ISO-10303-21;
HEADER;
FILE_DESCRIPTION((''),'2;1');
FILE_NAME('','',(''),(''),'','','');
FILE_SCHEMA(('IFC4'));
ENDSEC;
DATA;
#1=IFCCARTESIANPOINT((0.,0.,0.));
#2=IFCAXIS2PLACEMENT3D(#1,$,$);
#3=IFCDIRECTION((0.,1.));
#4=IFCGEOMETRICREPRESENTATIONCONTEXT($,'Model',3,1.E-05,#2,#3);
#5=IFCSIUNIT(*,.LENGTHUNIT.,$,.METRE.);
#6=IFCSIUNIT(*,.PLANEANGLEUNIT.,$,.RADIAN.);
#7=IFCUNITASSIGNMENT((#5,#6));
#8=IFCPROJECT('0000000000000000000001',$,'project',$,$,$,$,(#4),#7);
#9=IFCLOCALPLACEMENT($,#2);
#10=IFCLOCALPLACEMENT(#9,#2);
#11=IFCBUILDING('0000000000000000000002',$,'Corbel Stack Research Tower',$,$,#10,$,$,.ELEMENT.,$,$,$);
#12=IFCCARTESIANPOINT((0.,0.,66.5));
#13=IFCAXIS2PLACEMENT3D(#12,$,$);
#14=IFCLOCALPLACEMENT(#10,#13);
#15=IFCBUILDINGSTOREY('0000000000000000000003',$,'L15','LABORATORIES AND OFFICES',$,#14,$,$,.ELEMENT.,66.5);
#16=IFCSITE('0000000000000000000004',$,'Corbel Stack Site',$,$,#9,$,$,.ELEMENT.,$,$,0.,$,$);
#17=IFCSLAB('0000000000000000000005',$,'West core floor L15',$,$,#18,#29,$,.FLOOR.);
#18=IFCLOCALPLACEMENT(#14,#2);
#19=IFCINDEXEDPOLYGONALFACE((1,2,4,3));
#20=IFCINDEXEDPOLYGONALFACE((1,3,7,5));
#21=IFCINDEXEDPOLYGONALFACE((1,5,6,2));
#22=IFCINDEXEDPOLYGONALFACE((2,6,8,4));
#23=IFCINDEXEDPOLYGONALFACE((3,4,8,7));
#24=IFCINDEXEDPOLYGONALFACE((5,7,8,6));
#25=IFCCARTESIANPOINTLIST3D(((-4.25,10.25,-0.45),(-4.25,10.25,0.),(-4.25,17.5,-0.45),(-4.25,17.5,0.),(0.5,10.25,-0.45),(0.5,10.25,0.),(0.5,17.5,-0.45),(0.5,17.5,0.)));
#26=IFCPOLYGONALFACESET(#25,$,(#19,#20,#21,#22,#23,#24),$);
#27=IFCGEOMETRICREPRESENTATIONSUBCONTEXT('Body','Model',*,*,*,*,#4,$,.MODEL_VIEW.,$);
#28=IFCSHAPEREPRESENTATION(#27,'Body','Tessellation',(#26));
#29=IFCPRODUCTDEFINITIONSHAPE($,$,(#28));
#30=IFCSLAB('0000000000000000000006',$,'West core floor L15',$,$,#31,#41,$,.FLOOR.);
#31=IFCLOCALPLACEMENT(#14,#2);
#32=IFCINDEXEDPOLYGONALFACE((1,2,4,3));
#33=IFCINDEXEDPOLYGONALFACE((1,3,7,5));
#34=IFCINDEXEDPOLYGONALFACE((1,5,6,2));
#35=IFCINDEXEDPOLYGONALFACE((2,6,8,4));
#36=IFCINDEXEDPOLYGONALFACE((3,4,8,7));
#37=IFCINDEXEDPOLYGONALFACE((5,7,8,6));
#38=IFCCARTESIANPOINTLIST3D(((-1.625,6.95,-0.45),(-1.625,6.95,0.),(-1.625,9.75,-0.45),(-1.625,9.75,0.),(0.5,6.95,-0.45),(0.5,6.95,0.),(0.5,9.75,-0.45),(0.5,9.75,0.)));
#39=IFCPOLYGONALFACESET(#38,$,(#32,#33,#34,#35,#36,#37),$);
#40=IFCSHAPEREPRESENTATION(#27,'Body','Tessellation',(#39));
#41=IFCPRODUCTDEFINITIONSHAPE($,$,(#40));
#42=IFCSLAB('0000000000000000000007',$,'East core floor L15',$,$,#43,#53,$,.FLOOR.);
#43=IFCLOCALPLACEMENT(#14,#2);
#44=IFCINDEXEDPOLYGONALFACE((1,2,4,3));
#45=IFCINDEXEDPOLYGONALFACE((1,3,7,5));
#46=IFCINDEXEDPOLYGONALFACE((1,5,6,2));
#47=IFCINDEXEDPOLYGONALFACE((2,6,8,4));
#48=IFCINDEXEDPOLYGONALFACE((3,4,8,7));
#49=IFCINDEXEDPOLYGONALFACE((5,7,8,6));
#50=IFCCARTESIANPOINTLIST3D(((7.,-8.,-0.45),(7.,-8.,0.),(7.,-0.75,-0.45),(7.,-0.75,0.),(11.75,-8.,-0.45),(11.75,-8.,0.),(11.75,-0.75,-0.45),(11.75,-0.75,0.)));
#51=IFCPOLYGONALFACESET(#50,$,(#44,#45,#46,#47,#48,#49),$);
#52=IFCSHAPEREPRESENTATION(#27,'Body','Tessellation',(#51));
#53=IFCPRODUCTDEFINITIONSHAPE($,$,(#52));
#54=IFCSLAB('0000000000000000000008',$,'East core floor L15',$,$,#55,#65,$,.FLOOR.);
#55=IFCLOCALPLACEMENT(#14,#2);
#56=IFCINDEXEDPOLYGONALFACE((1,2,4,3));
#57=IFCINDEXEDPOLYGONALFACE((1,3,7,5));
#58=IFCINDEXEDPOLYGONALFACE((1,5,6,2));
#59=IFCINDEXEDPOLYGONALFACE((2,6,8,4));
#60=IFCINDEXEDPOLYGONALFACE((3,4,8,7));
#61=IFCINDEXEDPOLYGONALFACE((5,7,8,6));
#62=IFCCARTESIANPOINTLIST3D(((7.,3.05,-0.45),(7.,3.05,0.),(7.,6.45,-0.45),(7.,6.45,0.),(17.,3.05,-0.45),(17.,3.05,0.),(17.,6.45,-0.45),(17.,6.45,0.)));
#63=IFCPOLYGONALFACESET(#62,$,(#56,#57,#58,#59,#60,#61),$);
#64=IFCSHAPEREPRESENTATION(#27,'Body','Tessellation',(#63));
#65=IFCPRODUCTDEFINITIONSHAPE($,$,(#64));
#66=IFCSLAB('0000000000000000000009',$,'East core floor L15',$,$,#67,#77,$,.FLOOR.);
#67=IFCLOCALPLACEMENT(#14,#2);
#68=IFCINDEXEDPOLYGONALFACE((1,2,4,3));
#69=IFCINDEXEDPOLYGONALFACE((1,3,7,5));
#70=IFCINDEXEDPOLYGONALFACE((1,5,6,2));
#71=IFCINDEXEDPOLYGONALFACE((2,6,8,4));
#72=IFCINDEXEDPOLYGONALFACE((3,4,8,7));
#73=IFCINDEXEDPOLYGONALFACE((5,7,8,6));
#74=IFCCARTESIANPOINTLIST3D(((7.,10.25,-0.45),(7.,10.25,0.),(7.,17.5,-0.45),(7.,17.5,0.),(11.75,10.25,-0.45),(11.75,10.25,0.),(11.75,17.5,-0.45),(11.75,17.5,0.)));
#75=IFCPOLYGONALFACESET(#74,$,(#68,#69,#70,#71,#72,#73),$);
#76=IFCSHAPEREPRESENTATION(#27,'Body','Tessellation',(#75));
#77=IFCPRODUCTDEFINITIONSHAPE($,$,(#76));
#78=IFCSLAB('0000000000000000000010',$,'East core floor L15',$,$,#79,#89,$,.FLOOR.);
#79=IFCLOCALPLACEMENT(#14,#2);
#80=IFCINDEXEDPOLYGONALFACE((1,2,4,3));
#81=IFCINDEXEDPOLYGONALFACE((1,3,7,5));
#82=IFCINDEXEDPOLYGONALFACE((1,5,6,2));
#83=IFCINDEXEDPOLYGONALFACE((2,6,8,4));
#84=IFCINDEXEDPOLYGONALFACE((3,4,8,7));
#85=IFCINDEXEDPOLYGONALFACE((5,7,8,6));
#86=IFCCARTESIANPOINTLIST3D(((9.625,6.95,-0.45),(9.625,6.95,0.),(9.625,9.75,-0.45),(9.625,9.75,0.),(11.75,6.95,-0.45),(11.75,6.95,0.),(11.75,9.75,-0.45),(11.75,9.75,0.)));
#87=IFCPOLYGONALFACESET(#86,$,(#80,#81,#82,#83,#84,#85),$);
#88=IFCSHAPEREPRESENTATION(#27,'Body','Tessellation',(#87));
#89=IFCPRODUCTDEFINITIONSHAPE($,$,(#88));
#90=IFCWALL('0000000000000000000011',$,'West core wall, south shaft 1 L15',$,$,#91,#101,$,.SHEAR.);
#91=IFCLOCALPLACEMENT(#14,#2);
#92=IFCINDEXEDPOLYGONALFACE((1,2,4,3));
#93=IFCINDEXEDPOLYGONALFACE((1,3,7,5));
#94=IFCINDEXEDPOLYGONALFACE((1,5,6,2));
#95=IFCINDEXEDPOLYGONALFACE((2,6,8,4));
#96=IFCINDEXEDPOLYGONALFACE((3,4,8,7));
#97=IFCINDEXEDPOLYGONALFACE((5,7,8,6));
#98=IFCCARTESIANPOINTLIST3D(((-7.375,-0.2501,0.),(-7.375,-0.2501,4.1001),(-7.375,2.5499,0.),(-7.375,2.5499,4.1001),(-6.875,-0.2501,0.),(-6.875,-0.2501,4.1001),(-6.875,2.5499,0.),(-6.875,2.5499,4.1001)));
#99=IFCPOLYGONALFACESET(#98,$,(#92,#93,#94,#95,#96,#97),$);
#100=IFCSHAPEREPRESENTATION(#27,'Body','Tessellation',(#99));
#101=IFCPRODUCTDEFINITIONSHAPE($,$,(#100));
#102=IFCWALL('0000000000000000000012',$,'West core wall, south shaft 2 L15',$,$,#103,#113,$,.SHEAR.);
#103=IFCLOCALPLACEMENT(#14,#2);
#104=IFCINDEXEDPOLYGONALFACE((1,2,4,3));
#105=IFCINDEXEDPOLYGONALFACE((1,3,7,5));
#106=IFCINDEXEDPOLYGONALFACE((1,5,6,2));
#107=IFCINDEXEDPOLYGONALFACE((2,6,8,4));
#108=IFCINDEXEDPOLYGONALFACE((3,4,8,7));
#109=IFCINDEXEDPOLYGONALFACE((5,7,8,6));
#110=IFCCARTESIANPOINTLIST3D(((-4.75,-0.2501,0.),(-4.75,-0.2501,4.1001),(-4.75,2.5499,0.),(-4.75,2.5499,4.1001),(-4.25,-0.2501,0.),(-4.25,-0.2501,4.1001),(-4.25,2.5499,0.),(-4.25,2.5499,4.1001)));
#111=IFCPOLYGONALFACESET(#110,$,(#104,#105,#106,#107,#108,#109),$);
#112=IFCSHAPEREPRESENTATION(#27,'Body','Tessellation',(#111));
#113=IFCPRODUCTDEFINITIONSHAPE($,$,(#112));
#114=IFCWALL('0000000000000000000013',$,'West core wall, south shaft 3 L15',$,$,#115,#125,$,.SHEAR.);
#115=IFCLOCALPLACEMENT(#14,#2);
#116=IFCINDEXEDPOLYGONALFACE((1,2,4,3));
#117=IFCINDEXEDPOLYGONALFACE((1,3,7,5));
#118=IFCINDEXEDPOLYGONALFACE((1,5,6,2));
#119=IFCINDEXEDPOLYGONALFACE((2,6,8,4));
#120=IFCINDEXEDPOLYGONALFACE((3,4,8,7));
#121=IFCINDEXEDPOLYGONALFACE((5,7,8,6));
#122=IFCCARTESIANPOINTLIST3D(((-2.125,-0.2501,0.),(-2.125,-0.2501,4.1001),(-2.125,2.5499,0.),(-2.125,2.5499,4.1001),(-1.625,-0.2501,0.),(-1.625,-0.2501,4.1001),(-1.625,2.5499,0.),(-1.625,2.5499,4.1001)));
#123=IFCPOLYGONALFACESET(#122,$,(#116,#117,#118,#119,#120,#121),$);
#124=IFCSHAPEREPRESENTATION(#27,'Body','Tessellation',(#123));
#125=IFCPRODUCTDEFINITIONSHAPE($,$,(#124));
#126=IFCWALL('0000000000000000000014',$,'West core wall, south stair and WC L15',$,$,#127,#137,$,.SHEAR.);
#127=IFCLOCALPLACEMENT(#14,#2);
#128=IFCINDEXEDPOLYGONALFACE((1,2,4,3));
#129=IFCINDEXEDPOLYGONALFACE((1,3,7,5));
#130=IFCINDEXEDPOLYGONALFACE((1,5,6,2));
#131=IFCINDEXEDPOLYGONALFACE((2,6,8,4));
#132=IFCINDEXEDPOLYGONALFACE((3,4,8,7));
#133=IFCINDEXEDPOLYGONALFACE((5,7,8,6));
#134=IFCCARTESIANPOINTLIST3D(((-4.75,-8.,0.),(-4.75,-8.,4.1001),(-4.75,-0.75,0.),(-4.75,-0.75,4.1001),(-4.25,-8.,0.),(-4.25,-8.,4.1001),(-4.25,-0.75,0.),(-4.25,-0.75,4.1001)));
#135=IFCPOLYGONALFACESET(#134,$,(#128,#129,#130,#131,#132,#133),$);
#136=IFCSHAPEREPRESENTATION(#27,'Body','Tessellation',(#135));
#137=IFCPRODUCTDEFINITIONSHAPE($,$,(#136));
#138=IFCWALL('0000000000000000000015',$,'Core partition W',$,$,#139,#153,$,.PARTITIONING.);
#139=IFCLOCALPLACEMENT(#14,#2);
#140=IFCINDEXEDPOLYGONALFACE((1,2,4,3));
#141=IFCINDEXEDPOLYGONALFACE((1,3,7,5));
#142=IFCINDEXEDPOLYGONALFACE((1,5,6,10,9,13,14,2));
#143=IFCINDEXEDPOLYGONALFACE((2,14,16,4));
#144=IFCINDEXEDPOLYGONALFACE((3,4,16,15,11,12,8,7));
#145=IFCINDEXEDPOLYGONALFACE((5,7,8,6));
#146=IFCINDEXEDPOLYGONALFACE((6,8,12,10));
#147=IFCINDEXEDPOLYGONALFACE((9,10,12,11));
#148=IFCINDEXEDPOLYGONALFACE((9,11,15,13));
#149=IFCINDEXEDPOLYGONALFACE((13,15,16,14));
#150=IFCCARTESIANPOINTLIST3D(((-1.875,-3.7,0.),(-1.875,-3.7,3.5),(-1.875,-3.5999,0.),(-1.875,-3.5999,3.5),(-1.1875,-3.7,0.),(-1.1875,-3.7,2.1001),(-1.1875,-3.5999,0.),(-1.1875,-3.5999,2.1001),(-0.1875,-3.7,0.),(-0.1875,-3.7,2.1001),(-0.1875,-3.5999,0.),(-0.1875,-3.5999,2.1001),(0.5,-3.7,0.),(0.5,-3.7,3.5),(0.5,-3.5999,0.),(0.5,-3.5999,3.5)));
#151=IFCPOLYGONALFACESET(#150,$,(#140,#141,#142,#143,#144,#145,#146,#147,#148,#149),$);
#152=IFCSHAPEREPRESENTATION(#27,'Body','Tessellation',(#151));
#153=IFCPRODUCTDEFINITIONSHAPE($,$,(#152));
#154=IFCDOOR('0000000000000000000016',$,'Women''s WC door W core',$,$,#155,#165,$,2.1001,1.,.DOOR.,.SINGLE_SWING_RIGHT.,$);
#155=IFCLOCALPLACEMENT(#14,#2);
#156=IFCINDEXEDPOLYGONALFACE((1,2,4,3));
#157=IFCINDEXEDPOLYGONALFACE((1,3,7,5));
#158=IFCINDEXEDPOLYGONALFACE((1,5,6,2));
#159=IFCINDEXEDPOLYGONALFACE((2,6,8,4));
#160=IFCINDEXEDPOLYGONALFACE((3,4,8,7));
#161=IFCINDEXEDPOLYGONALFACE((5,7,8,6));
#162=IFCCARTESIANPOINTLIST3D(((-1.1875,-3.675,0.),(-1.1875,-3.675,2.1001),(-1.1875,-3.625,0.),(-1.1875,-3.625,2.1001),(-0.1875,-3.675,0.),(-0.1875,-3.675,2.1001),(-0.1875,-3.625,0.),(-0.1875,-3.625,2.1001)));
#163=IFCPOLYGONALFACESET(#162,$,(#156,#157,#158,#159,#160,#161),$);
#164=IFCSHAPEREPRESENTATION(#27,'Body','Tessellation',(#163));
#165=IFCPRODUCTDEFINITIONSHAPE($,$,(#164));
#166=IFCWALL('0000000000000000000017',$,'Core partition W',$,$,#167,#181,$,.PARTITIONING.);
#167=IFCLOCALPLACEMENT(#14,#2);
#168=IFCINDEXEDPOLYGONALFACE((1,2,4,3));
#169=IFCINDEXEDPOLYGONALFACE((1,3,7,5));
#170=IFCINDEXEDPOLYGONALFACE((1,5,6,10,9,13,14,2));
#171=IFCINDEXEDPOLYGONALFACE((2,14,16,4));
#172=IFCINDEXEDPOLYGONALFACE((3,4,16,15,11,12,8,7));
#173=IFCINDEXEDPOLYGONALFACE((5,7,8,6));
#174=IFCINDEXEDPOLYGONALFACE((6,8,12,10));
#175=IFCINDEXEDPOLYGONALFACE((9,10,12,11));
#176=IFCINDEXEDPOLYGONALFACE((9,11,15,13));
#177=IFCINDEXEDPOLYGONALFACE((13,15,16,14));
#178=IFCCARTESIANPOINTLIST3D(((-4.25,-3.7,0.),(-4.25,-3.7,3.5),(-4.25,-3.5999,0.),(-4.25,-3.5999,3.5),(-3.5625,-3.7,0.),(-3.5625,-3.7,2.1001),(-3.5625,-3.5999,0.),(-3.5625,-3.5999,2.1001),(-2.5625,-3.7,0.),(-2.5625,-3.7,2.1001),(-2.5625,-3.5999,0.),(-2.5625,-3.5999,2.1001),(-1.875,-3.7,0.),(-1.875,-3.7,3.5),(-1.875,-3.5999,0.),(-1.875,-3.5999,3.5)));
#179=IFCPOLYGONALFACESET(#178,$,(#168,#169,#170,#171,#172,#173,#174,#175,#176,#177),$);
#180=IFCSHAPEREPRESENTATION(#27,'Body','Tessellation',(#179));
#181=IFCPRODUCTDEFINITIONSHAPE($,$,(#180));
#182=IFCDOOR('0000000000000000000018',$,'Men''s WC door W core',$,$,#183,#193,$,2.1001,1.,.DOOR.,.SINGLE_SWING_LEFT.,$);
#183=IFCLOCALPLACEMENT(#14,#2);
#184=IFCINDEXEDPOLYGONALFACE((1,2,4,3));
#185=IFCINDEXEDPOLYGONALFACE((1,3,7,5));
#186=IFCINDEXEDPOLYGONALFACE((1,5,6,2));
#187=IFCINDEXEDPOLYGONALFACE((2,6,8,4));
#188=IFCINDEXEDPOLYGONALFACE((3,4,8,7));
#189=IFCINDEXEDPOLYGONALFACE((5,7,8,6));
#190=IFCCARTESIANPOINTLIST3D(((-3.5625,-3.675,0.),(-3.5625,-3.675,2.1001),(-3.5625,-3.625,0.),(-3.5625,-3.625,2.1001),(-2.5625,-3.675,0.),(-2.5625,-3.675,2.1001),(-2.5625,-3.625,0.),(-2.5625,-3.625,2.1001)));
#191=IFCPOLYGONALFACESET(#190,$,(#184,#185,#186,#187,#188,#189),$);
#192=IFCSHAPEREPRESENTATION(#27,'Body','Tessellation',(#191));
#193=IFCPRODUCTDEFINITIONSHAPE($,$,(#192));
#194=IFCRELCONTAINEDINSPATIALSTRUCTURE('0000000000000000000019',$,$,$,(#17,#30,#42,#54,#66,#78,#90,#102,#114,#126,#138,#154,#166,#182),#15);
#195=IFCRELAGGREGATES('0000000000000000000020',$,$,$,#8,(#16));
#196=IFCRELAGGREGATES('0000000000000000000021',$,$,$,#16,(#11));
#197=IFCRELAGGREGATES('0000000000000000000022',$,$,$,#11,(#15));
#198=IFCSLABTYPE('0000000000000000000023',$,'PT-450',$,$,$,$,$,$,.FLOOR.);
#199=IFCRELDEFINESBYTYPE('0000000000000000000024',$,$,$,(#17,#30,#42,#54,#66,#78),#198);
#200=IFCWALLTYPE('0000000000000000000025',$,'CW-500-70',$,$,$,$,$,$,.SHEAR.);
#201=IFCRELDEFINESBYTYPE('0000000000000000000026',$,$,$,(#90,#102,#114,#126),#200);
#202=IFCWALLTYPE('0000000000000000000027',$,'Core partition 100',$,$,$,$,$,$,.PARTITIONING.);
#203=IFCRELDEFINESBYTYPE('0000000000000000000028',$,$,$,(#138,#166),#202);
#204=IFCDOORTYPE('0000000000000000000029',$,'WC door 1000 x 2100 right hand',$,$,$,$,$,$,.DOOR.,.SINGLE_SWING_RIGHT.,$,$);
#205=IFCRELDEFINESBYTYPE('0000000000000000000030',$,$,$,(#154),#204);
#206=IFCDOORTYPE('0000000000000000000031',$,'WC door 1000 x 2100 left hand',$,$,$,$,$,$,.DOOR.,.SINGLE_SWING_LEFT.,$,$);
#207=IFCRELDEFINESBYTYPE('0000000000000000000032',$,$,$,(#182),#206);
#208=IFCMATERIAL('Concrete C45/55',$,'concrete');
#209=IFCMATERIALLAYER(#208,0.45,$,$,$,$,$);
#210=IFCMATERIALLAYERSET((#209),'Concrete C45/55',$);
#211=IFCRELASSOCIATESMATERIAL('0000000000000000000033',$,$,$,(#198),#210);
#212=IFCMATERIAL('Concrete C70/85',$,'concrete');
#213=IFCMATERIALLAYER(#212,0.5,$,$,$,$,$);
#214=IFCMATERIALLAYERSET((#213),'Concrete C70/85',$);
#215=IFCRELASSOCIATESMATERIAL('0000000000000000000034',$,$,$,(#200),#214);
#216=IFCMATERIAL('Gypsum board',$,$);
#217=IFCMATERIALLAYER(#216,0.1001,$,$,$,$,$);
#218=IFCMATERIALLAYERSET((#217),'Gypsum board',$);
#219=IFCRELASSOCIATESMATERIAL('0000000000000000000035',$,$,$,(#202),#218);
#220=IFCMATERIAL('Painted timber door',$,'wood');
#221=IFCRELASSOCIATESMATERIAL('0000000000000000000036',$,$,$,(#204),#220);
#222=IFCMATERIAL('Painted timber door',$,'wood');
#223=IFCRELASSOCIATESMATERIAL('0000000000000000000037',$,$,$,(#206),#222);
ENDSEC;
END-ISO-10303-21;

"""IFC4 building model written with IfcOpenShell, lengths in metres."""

from ifc_helpers import new_model, si_unit, direction, frame, frame_2d, origin, place, context, subcontext, project, spatial, polyline, rectangle, outline, extrude, material, layer, layer_set, type_object, element, fill, save


model = new_model("IFC4")

# Units and contexts
model_context = context("Model", 3, precision=1e-05, world=origin(), true_north=direction((0.0, 1.0)))
body_context = subcontext(model_context, "Body", "Model", "MODEL_VIEW")
ifc_project = project(units=[si_unit("LENGTHUNIT", "METRE"), si_unit("PLANEANGLEUNIT", "RADIAN")], contexts=[model_context])

# Site, building, storey
site_placement = place(None, origin())
site = spatial("IfcSite", under=ifc_project, at=site_placement, Name="Corbel Stack Site", CompositionType="ELEMENT", RefElevation=0.0)
building_placement = place(site_placement, origin())
building = spatial("IfcBuilding", under=site, at=building_placement, Name="Corbel Stack Research Tower", CompositionType="ELEMENT")
storey_placement = place(building_placement, frame((0.0, 0.0, 66.5)))
storey = spatial("IfcBuildingStorey", under=building, at=storey_placement, Name="L15", Description="LABORATORIES AND OFFICES", CompositionType="ELEMENT", Elevation=66.5)

# Slabs
ifc_material_1 = material(Name="Concrete C45/55", Category="concrete")
ifc_layer_1 = layer(ifc_material_1, 0.45)
ifc_layer_set_1 = layer_set([ifc_layer_1], Name="Concrete C45/55")
slab_type = type_object("IfcSlabType", Name="PT-450", PredefinedType="FLOOR", material=ifc_layer_set_1)
slab_1_placement = place(storey_placement, frame((0.0, 0.0, -0.45)))
element("IfcSlab", 1, at=slab_1_placement, inside=storey, type_object=slab_type, Name="West core floor L15", PredefinedType="FLOOR", context=body_context, shape_type="SweptSolid", body=[
    extrude(outline(polyline([(-4.25, 17.5), (-4.25, 10.25), (0.5, 10.25), (0.5, 17.5), (-4.25, 17.5)])), origin(), (0.0, 0.0, 1.0), 0.45),
])
slab_2_placement = place(storey_placement, frame((0.0, 0.0, -0.45)))
element("IfcSlab", 2, at=slab_2_placement, inside=storey, type_object=slab_type, Name="West core floor L15", PredefinedType="FLOOR", context=body_context, shape_type="SweptSolid", body=[
    extrude(outline(polyline([(0.5, 6.95), (0.5, 9.75), (-1.625, 9.75), (-1.625, 6.95), (0.5, 6.95)])), origin(), (0.0, 0.0, 1.0), 0.45),
])
slab_3_placement = place(storey_placement, frame((0.0, 0.0, -0.45)))
element("IfcSlab", 3, at=slab_3_placement, inside=storey, type_object=slab_type, Name="East core floor L15", PredefinedType="FLOOR", context=body_context, shape_type="SweptSolid", body=[
    extrude(outline(polyline([(7.0, -0.75), (7.0, -8.0), (11.75, -8.0), (11.75, -0.75), (7.0, -0.75)])), origin(), (0.0, 0.0, 1.0), 0.45),
])
slab_4_placement = place(storey_placement, frame((0.0, 0.0, -0.45)))
element("IfcSlab", 4, at=slab_4_placement, inside=storey, type_object=slab_type, Name="East core floor L15", PredefinedType="FLOOR", context=body_context, shape_type="SweptSolid", body=[
    extrude(outline(polyline([(7.0, 6.45), (7.0, 3.05), (17.0, 3.05), (17.0, 6.45), (7.0, 6.45)])), origin(), (0.0, 0.0, 1.0), 0.45),
])
slab_5_placement = place(storey_placement, frame((0.0, 0.0, -0.45)))
element("IfcSlab", 5, at=slab_5_placement, inside=storey, type_object=slab_type, Name="East core floor L15", PredefinedType="FLOOR", context=body_context, shape_type="SweptSolid", body=[
    extrude(outline(polyline([(7.0, 17.5), (7.0, 10.25), (11.75, 10.25), (11.75, 17.5), (7.0, 17.5)])), origin(), (0.0, 0.0, 1.0), 0.45),
])
slab_6_placement = place(storey_placement, frame((0.0, 0.0, -0.45)))
element("IfcSlab", 6, at=slab_6_placement, inside=storey, type_object=slab_type, Name="East core floor L15", PredefinedType="FLOOR", context=body_context, shape_type="SweptSolid", body=[
    extrude(outline(polyline([(9.625, 6.95), (11.75, 6.95), (11.75, 9.75), (9.625, 9.75), (9.625, 6.95)])), origin(), (0.0, 0.0, 1.0), 0.45),
])

# Walls
ifc_material_2 = material(Name="Concrete C70/85", Category="concrete")
ifc_layer_2 = layer(ifc_material_2, 0.5)
ifc_layer_set_2 = layer_set([ifc_layer_2], Name="Concrete C70/85")
wall_type_1 = type_object("IfcWallType", Name="CW-500-70", PredefinedType="SHEAR", material=ifc_layer_set_2)
for number, where, z_axis, x_axis, name in (
    (7, (-7.125, -0.25, 0.0), (0.0, 0.0, 1.0), (0.0, 1.0, 0.0), "West core wall, south shaft 1 L15"),
    (8, (-4.5, -0.25, 0.0), (0.0, 0.0, 1.0), (0.0, 1.0, 0.0), "West core wall, south shaft 2 L15"),
    (9, (-1.875, -0.25, 0.0), (0.0, 0.0, 1.0), (0.0, 1.0, 0.0), "West core wall, south shaft 3 L15"),
):
    element("IfcWall", number, at=place(storey_placement, frame(where, z_axis=z_axis, x_axis=x_axis)), inside=storey, type_object=wall_type_1, Name=name, PredefinedType="SHEAR", context=body_context, shape_type="SweptSolid", body=[
        extrude(rectangle(XDim=2.8, YDim=0.5, at=frame_2d((1.3999, 0.0))), origin(), (0.0, 0.0, 1.0), 4.1001),
    ])
wall_1_placement = place(storey_placement, frame((-4.5, -8.0, 0.0), z_axis=(0.0, 0.0, 1.0), x_axis=(0.0, 1.0, 0.0)))
element("IfcWall", 10, at=wall_1_placement, inside=storey, type_object=wall_type_1, Name="West core wall, south stair and WC L15", PredefinedType="SHEAR", context=body_context, shape_type="SweptSolid", body=[
    extrude(rectangle(XDim=7.25, YDim=0.5, at=frame_2d((3.625, 0.0))), origin(), (0.0, 0.0, 1.0), 4.1001),
])

# Walls, openings, doors
ifc_material_3 = material(Name="Gypsum board")
ifc_layer_3 = layer(ifc_material_3, 0.1001)
ifc_layer_set_3 = layer_set([ifc_layer_3], Name="Gypsum board")
wall_type_2 = type_object("IfcWallType", Name="Core partition 100", PredefinedType="PARTITIONING", material=ifc_layer_set_3)
wall_2_placement = place(storey_placement, frame((-1.875, -3.6499, 0.0), z_axis=(0.0, 0.0, 1.0), x_axis=(1.0, 0.0, 0.0)))
wall_2 = element("IfcWall", 11, at=wall_2_placement, inside=storey, type_object=wall_type_2, Name="Core partition W", PredefinedType="PARTITIONING", context=body_context, shape_type="SweptSolid", body=[
    extrude(rectangle(XDim=2.375, YDim=0.1001, at=frame_2d((1.1875, 0.0))), origin(), (0.0, 0.0, 1.0), 3.5),
])
opening_1_placement = place(wall_2_placement, frame((0.6875, 0.0, 0.0)))
opening_1 = element("IfcOpeningElement", 12, at=opening_1_placement, cuts=wall_2, PredefinedType="OPENING", context=body_context, shape_type="SweptSolid", body=[
    extrude(rectangle(XDim=1.0, YDim=2.1001, at=frame_2d((0.5, 1.05))), frame((0.0, 0.0601, 0.0), z_axis=(0.0, -1.0, 0.0), x_axis=(1.0, 0.0, 0.0)), (0.0, 0.0, 1.0), 0.1201),
])
ifc_material_4 = material(Name="Painted timber door", Category="wood")
door_type_1 = type_object("IfcDoorType", Name="WC door 1000 x 2100 right hand", OperationType="SINGLE_SWING_RIGHT", PredefinedType="DOOR", material=ifc_material_4)
door_1_placement = place(opening_1_placement, origin())
door_1 = element("IfcDoor", 13, at=door_1_placement, inside=storey, type_object=door_type_1, Name="Women's WC door W core", OperationType="SINGLE_SWING_RIGHT", OverallHeight=2.1001, OverallWidth=1.0, PredefinedType="DOOR", context=body_context, shape_type="SweptSolid", body=[
    extrude(rectangle(XDim=1.0, YDim=2.1001, at=frame_2d((0.5, 1.05))), frame((0.0, 0.0249, 0.0), z_axis=(0.0, -1.0, 0.0), x_axis=(1.0, 0.0, 0.0)), (0.0, 0.0, 1.0), 0.05),
])
fill(opening_1, door_1)
wall_3_placement = place(storey_placement, frame((-4.25, -3.6499, 0.0), z_axis=(0.0, 0.0, 1.0), x_axis=(1.0, 0.0, 0.0)))
wall_3 = element("IfcWall", 14, at=wall_3_placement, inside=storey, type_object=wall_type_2, Name="Core partition W", PredefinedType="PARTITIONING", context=body_context, shape_type="SweptSolid", body=[
    extrude(rectangle(XDim=2.375, YDim=0.1001, at=frame_2d((1.1875, 0.0))), origin(), (0.0, 0.0, 1.0), 3.5),
])
opening_2_placement = place(wall_3_placement, frame((0.6875, 0.0, 0.0)))
opening_2 = element("IfcOpeningElement", 15, at=opening_2_placement, cuts=wall_3, PredefinedType="OPENING", context=body_context, shape_type="SweptSolid", body=[
    extrude(rectangle(XDim=1.0, YDim=2.1001, at=frame_2d((0.5, 1.05))), frame((0.0, 0.0601, 0.0), z_axis=(0.0, -1.0, 0.0), x_axis=(1.0, 0.0, 0.0)), (0.0, 0.0, 1.0), 0.1201),
])
ifc_material_5 = material(Name="Painted timber door", Category="wood")
door_type_2 = type_object("IfcDoorType", Name="WC door 1000 x 2100 left hand", OperationType="SINGLE_SWING_LEFT", PredefinedType="DOOR", material=ifc_material_5)
door_2_placement = place(opening_2_placement, origin())
door_2 = element("IfcDoor", 16, at=door_2_placement, inside=storey, type_object=door_type_2, Name="Men's WC door W core", OperationType="SINGLE_SWING_LEFT", OverallHeight=2.1001, OverallWidth=1.0, PredefinedType="DOOR", context=body_context, shape_type="SweptSolid", body=[
    extrude(rectangle(XDim=1.0, YDim=2.1001, at=frame_2d((0.5, 1.05))), frame((0.0, 0.0249, 0.0), z_axis=(0.0, -1.0, 0.0), x_axis=(1.0, 0.0, 0.0)), (0.0, 0.0, 1.0), 0.05),
])
fill(opening_2, door_2)

save(model, "model.ifc")
